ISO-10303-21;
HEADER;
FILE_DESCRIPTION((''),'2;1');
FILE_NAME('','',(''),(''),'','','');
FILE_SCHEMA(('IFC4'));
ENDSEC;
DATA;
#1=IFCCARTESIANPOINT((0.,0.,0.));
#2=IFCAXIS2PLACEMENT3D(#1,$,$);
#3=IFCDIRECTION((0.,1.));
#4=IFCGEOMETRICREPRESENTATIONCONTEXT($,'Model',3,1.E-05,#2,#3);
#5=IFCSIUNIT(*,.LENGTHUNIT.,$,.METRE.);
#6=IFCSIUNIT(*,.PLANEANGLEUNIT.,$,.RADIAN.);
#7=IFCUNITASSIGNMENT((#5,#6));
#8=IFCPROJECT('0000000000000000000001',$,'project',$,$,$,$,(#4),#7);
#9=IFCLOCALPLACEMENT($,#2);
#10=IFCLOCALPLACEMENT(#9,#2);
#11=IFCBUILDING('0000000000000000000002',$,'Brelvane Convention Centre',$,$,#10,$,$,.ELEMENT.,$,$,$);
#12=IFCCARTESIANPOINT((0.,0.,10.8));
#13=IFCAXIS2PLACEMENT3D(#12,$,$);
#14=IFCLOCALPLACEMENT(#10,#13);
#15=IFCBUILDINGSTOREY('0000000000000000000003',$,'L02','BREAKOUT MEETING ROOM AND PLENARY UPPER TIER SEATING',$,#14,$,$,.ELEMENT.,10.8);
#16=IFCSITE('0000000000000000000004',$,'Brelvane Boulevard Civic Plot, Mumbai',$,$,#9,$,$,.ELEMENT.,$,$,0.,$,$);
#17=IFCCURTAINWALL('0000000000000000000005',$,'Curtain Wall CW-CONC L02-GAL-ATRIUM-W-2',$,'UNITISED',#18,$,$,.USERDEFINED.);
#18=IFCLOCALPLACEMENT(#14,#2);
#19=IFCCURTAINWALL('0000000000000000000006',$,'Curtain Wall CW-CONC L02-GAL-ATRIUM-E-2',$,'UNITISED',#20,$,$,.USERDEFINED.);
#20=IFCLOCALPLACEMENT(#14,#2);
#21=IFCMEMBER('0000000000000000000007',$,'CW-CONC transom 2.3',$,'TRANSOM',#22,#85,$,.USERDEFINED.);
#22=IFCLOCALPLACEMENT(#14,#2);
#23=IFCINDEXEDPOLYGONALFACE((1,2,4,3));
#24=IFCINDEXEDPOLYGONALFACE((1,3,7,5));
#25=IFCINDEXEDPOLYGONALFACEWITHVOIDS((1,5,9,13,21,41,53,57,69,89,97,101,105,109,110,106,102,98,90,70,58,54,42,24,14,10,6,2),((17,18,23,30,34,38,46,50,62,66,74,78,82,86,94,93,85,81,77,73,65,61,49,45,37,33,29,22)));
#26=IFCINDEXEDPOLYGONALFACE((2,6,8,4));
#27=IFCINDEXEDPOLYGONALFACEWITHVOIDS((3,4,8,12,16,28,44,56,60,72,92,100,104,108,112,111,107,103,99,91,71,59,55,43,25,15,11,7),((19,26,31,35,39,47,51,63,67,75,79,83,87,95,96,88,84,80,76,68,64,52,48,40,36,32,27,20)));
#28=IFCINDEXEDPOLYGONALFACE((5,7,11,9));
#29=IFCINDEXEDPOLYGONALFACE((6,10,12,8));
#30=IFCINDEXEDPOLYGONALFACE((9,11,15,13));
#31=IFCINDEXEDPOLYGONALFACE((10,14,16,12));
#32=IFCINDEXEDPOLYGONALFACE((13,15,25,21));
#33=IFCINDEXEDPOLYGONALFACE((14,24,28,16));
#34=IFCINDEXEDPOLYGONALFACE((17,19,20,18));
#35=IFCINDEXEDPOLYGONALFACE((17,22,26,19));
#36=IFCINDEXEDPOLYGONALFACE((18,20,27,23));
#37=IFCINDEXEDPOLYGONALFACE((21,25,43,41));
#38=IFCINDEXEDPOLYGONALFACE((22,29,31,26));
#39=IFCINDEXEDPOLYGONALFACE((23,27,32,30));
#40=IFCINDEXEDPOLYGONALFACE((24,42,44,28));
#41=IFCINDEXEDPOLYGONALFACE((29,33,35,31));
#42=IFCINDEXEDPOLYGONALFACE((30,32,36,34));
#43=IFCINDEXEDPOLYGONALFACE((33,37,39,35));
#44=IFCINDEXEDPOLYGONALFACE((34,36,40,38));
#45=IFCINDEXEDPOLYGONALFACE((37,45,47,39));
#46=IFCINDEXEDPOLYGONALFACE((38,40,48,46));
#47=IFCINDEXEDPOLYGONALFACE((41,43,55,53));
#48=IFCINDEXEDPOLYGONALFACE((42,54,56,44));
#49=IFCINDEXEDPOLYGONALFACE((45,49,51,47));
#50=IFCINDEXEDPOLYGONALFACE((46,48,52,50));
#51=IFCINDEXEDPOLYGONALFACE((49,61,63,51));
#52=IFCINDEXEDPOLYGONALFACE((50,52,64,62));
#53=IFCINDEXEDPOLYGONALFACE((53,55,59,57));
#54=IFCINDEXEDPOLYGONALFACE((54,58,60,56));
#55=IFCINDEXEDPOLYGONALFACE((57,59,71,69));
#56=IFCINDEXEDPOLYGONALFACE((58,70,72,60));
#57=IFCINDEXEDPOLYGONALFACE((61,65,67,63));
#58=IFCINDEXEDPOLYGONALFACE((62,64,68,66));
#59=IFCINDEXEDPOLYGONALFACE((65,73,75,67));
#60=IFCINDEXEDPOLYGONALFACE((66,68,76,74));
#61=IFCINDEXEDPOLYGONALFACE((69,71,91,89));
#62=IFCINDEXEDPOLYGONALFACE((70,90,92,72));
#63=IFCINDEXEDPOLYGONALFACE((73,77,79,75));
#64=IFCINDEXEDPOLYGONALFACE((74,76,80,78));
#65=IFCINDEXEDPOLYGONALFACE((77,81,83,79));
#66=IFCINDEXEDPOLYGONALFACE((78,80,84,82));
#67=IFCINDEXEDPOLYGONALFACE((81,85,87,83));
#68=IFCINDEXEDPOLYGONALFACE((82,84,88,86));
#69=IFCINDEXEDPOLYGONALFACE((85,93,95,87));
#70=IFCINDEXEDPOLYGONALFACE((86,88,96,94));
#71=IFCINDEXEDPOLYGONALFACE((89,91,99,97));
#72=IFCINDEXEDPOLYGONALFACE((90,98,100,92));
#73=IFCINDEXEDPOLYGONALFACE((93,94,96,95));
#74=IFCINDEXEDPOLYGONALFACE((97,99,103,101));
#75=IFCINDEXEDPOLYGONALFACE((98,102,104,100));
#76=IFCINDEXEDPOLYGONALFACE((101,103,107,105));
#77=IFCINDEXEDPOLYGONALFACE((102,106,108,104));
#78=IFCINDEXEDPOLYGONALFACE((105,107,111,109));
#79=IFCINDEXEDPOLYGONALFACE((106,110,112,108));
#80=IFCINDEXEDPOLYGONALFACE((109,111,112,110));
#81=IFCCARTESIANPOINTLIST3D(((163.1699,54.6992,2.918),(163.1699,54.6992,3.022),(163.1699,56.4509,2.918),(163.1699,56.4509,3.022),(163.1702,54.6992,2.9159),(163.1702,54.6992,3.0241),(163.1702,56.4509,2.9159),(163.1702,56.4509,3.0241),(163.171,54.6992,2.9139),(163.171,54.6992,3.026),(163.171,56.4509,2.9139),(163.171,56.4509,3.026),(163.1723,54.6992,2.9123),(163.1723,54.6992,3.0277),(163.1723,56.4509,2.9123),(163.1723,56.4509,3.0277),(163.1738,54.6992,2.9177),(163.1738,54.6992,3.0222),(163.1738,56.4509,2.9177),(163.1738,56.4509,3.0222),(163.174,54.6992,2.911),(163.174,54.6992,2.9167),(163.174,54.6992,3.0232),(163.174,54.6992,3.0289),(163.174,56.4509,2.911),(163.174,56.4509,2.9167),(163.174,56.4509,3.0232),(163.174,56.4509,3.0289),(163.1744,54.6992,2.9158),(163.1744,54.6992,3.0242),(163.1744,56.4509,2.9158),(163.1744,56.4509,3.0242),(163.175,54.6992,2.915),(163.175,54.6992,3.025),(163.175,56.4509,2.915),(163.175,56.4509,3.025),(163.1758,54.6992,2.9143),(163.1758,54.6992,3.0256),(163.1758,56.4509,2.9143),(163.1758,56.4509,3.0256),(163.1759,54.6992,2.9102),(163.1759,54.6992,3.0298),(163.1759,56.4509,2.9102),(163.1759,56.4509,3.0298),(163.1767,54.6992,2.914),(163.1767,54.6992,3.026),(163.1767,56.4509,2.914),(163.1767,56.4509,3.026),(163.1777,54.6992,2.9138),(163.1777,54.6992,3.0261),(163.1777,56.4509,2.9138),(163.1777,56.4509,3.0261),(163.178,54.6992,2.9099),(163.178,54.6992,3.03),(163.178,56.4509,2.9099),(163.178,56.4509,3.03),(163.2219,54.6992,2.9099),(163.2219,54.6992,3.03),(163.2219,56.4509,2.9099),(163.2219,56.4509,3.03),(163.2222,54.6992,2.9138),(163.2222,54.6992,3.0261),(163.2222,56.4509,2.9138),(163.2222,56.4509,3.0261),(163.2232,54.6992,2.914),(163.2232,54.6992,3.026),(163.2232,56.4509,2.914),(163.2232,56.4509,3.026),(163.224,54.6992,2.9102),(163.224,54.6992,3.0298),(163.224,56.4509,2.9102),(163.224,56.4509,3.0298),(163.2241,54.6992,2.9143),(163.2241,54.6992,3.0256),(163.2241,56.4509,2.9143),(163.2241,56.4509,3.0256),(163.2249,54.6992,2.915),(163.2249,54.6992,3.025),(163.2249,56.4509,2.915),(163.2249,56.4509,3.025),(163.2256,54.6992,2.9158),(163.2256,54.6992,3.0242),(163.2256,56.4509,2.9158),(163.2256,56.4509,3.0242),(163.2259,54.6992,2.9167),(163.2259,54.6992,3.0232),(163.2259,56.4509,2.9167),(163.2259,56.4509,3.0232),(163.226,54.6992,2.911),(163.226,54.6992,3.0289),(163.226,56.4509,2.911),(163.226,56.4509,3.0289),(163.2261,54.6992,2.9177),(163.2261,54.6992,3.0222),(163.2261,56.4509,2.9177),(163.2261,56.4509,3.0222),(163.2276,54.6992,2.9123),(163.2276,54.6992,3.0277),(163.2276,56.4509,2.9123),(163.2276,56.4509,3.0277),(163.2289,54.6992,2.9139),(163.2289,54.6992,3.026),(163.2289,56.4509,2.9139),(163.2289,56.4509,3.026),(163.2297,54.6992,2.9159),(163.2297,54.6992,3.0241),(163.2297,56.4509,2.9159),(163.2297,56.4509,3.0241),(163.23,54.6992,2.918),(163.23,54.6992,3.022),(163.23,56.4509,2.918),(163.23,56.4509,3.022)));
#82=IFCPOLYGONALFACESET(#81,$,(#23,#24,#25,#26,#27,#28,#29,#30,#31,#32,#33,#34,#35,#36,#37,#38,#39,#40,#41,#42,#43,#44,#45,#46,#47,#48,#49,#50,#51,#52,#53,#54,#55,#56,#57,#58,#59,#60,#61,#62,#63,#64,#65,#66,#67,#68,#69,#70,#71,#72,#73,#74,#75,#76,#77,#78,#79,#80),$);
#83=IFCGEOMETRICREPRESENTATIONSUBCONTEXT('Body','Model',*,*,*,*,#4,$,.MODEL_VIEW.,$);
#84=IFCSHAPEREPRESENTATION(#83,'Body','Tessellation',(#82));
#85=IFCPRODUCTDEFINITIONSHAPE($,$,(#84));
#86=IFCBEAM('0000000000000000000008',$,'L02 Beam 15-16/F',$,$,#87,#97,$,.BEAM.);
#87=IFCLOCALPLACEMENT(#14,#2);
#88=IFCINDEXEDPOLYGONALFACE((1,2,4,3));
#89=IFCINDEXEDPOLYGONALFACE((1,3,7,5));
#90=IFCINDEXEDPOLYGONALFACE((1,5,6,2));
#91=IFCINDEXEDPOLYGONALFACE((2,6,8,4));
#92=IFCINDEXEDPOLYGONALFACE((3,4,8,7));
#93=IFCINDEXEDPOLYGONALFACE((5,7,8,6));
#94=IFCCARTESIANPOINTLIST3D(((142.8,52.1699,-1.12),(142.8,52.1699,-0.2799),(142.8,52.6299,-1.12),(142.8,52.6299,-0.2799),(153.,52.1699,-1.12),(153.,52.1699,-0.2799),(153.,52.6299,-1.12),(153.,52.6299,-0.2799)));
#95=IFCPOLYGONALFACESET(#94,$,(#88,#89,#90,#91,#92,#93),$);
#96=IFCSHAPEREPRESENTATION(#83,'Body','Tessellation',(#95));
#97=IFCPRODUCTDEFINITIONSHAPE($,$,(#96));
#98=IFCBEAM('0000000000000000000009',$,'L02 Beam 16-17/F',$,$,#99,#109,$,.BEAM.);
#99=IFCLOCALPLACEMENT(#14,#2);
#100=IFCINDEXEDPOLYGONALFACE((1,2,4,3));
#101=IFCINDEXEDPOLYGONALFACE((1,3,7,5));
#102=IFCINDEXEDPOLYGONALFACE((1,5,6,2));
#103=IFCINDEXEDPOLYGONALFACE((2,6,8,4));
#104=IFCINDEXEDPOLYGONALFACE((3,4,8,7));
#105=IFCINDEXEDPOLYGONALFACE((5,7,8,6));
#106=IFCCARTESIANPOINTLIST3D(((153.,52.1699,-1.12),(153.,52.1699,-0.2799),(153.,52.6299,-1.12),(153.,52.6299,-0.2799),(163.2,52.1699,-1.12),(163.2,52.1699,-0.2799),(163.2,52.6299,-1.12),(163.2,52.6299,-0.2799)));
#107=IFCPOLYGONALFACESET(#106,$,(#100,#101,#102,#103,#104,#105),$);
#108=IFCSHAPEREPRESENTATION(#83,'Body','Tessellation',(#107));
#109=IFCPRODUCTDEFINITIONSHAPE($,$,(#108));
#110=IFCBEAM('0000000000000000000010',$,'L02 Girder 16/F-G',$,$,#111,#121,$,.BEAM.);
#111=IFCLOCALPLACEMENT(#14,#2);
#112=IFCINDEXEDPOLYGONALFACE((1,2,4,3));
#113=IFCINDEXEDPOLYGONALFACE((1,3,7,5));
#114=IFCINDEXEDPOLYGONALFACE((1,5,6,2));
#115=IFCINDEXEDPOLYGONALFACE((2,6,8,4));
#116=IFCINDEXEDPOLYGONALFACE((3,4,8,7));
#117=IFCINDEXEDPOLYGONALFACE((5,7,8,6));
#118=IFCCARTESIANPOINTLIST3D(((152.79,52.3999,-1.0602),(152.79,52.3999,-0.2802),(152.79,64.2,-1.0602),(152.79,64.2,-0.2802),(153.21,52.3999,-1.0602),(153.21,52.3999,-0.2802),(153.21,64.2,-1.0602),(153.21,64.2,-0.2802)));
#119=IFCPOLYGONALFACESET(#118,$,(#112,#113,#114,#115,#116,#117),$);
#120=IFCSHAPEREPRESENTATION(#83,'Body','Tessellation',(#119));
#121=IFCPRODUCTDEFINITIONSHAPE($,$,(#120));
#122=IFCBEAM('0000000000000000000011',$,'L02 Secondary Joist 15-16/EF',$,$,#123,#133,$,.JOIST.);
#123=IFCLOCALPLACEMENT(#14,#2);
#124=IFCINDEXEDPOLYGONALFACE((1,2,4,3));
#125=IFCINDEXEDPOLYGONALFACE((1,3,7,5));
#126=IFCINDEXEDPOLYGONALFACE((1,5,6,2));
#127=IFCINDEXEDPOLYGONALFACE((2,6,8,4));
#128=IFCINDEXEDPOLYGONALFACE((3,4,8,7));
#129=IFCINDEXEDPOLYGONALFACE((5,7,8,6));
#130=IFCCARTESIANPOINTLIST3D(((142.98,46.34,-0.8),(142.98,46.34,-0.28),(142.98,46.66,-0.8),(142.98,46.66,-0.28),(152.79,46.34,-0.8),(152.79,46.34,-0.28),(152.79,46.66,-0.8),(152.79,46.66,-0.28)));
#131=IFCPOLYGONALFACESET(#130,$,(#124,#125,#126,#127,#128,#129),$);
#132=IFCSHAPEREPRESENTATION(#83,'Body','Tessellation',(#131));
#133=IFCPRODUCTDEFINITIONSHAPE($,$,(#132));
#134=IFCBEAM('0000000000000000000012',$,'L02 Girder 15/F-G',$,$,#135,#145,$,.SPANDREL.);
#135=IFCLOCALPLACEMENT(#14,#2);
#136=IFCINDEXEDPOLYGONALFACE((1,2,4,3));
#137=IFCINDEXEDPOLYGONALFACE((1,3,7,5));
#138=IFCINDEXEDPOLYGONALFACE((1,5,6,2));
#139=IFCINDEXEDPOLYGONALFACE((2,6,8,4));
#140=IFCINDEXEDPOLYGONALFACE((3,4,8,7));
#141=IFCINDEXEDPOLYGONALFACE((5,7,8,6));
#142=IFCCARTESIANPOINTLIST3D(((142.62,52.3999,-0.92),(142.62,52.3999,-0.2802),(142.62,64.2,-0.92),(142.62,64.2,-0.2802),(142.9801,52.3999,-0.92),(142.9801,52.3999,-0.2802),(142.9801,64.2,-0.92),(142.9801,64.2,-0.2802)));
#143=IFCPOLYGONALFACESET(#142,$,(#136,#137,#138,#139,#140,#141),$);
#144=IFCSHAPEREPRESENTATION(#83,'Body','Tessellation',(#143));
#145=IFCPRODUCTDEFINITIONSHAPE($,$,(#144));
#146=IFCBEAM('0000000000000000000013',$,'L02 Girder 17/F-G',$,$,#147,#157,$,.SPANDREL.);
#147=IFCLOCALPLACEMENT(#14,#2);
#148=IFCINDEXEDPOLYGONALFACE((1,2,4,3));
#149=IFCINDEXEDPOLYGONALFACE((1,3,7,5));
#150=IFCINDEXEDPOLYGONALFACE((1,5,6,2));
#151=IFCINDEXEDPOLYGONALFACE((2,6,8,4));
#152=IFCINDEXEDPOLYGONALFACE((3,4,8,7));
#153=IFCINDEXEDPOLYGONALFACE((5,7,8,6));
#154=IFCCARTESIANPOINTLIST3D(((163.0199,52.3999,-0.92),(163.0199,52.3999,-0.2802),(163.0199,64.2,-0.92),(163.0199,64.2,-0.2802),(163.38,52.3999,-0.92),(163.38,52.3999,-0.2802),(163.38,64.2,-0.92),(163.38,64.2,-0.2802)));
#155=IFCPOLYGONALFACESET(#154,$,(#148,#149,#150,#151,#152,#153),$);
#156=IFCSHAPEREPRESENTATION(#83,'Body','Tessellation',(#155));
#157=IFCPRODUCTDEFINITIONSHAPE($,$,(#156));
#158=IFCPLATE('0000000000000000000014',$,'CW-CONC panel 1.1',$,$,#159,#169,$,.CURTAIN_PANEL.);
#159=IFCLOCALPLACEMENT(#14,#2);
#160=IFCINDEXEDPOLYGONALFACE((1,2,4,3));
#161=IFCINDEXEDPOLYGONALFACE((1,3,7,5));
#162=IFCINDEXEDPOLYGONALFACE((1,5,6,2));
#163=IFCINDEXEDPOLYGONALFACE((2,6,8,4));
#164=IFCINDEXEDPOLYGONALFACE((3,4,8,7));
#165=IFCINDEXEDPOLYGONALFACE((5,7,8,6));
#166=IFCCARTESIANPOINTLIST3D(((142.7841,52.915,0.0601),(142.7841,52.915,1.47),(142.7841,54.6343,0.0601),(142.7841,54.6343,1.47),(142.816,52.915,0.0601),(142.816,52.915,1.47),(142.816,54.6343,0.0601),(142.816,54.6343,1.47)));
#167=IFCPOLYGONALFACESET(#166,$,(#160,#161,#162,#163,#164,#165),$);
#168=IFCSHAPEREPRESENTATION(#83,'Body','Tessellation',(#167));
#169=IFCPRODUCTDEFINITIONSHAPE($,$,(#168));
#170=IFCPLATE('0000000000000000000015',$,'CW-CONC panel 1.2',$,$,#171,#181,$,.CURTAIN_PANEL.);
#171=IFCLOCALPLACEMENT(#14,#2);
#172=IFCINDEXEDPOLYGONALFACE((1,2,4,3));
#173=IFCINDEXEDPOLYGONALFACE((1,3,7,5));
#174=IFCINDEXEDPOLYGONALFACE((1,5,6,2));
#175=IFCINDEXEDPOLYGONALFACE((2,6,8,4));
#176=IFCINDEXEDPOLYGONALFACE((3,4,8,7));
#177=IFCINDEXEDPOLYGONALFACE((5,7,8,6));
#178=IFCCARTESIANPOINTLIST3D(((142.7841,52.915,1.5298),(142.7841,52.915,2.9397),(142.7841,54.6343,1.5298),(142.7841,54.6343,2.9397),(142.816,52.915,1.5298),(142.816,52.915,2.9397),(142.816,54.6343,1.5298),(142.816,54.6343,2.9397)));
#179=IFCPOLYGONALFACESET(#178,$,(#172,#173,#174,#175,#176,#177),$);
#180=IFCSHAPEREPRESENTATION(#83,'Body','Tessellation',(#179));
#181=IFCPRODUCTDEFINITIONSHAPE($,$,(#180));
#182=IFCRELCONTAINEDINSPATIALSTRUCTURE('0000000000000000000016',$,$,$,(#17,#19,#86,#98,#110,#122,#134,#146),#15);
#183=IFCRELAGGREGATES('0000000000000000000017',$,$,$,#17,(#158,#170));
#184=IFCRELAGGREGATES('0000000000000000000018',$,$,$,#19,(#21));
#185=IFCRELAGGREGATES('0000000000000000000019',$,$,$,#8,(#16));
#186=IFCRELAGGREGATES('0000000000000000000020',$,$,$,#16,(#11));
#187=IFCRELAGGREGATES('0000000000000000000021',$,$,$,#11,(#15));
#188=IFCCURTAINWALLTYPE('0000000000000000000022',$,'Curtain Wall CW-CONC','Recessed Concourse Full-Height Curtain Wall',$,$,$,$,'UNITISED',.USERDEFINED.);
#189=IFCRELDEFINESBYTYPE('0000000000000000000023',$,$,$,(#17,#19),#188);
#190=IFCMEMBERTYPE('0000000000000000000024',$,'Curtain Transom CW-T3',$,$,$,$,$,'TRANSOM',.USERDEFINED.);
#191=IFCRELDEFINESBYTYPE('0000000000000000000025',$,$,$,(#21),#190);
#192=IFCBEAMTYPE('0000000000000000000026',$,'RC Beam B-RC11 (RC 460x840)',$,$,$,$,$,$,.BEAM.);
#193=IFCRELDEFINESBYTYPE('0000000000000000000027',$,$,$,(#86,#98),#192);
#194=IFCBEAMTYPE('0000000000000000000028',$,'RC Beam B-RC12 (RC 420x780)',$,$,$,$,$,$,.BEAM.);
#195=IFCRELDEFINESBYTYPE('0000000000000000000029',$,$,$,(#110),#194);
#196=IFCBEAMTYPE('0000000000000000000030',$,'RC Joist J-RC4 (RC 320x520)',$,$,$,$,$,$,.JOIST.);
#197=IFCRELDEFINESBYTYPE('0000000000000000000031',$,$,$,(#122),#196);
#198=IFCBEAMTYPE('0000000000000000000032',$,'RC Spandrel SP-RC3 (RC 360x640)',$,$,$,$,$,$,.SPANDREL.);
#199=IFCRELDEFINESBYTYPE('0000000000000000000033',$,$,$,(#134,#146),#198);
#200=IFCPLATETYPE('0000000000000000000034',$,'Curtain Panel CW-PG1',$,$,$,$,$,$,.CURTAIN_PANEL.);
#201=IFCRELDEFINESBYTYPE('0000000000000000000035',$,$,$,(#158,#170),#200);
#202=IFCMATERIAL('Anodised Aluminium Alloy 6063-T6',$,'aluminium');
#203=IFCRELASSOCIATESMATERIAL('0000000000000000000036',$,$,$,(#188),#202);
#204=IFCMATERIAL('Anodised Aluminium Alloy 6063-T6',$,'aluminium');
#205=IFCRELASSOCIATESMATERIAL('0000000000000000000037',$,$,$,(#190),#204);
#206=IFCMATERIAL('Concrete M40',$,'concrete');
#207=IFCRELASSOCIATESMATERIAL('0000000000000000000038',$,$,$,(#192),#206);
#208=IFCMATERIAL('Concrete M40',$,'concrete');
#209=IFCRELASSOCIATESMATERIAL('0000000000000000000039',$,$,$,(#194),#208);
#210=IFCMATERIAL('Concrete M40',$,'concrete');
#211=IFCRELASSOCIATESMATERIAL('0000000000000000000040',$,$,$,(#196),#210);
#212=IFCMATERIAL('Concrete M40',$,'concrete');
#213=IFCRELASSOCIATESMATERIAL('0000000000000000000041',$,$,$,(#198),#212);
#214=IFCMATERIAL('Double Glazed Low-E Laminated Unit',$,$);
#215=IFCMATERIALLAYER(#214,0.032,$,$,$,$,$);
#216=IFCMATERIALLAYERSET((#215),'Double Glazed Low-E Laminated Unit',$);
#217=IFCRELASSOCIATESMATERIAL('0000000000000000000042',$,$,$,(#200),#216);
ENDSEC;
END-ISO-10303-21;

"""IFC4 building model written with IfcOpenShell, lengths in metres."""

from ifc_helpers import new_model, si_unit, direction, frame, origin, origin_2d, place, context, subcontext, project, spatial, rectangle, hollow_rectangle, extrude, material, layer, layer_set, material_profile, profile_set, type_object, element, aggregate, save


model = new_model("IFC4")

# Units and contexts
model_context = context("Model", 3, precision=1e-05, world=origin(), true_north=direction((0.0, 1.0)))
body_context = subcontext(model_context, "Body", "Model", "MODEL_VIEW")
ifc_project = project(units=[si_unit("LENGTHUNIT", "METRE"), si_unit("PLANEANGLEUNIT", "RADIAN")], contexts=[model_context])

# Site, building, storey
site_placement = place(None, origin())
site = spatial("IfcSite", under=ifc_project, at=site_placement, Name="Brelvane Boulevard Civic Plot, Mumbai", CompositionType="ELEMENT", RefElevation=0.0)
building_placement = place(site_placement, origin())
building = spatial("IfcBuilding", under=site, at=building_placement, Name="Brelvane Convention Centre", CompositionType="ELEMENT")
storey_placement = place(building_placement, frame((0.0, 0.0, 10.8)))
storey = spatial("IfcBuildingStorey", under=building, at=storey_placement, Name="L02", Description="BREAKOUT MEETING ROOM AND PLENARY UPPER TIER SEATING", CompositionType="ELEMENT", Elevation=10.8)

# Curtain walls
ifc_material_1 = material(Name="Anodised Aluminium Alloy 6063-T6", Category="aluminium")
curtain_wall_type = type_object("IfcCurtainWallType", Name="Curtain Wall CW-CONC", Description="Recessed Concourse Full-Height Curtain Wall", ElementType="UNITISED", PredefinedType="USERDEFINED", material=ifc_material_1)
curtain_wall_1_placement = place(storey_placement, origin())
curtain_wall_1 = element("IfcCurtainWall", 1, at=curtain_wall_1_placement, inside=storey, type_object=curtain_wall_type, Name="Curtain Wall CW-CONC L02-GAL-ATRIUM-W-2", ObjectType="UNITISED", PredefinedType="USERDEFINED")
curtain_wall_2_placement = place(storey_placement, origin())
curtain_wall_2 = element("IfcCurtainWall", 2, at=curtain_wall_2_placement, inside=storey, type_object=curtain_wall_type, Name="Curtain Wall CW-CONC L02-GAL-ATRIUM-E-2", ObjectType="UNITISED", PredefinedType="USERDEFINED")

# Member
ifc_material_2 = material(Name="Anodised Aluminium Alloy 6063-T6", Category="aluminium")
ifc_material_profile_1 = material_profile(ifc_material_2, hollow_rectangle(XDim=0.0601, YDim=0.1201, WallThickness=0.0039, InnerFilletRadius=0.0039, OuterFilletRadius=0.0081, at=origin_2d()), Name="ALU-T 120x60x4.0")
ifc_profile_set_1 = profile_set([ifc_material_profile_1], Name="Anodised Aluminium Alloy 6063-T6")
member_type_1 = type_object("IfcMemberType", Name="Curtain Transom CW-T3", ElementType="TRANSOM", PredefinedType="USERDEFINED", material=ifc_profile_set_1)
member_1_placement = place(storey_placement, frame((163.2, 54.6992, 2.97), z_axis=(0.0, 1.0, 0.0), x_axis=(-1.0, 0.0, 0.0)))
member_1 = element("IfcMember", 3, at=member_1_placement, type_object=member_type_1, Name="CW-CONC transom 2.3", ObjectType="TRANSOM", PredefinedType="USERDEFINED", context=body_context, shape_type="SweptSolid", body=[
    extrude(hollow_rectangle(XDim=0.0601, YDim=0.1201, WallThickness=0.0039, InnerFilletRadius=0.0039, OuterFilletRadius=0.0081, at=origin_2d()), origin(), (0.0, 0.0, 1.0), 1.7517),
])

# Beams
ifc_material_3 = material(Name="Concrete M40", Category="concrete")
ifc_material_profile_2 = material_profile(ifc_material_3, rectangle(XDim=0.46, YDim=0.8401, at=origin_2d()), Name="RC 460x840")
ifc_profile_set_2 = profile_set([ifc_material_profile_2], Name="Concrete M40")
beam_type_1 = type_object("IfcBeamType", Name="RC Beam B-RC11 (RC 460x840)", PredefinedType="BEAM", material=ifc_profile_set_2)
for number, where, z_axis, x_axis, name in (
    (4, (142.8, 52.3999, -0.7), (1.0, 0.0, 0.0), (0.0, 1.0, 0.0), "L02 Beam 15-16/F"),
    (5, (153.0, 52.3999, -0.7), (1.0, 0.0, 0.0), (0.0, 1.0, 0.0), "L02 Beam 16-17/F"),
):
    element("IfcBeam", number, at=place(storey_placement, frame(where, z_axis=z_axis, x_axis=x_axis)), inside=storey, type_object=beam_type_1, Name=name, PredefinedType="BEAM", context=body_context, shape_type="SweptSolid", body=[
        extrude(rectangle(XDim=0.46, YDim=0.8401, at=origin_2d()), origin(), (0.0, 0.0, 1.0), 10.2),
    ])
ifc_material_4 = material(Name="Concrete M40", Category="concrete")
ifc_material_profile_3 = material_profile(ifc_material_4, rectangle(XDim=0.4199, YDim=0.78, at=origin_2d()), Name="RC 420x780")
ifc_profile_set_3 = profile_set([ifc_material_profile_3], Name="Concrete M40")
beam_type_2 = type_object("IfcBeamType", Name="RC Beam B-RC12 (RC 420x780)", PredefinedType="BEAM", material=ifc_profile_set_3)
beam_1_placement = place(storey_placement, frame((153.0, 52.3999, -0.6702), z_axis=(0.0, 1.0, 0.0), x_axis=(-1.0, 0.0, 0.0)))
element("IfcBeam", 6, at=beam_1_placement, inside=storey, type_object=beam_type_2, Name="L02 Girder 16/F-G", PredefinedType="BEAM", context=body_context, shape_type="SweptSolid", body=[
    extrude(rectangle(XDim=0.4199, YDim=0.78, at=origin_2d()), origin(), (0.0, 0.0, 1.0), 11.8),
])
ifc_material_5 = material(Name="Concrete M40", Category="concrete")
ifc_material_profile_4 = material_profile(ifc_material_5, rectangle(XDim=0.3201, YDim=0.52, at=origin_2d()), Name="RC 320x520")
ifc_profile_set_4 = profile_set([ifc_material_profile_4], Name="Concrete M40")
beam_type_3 = type_object("IfcBeamType", Name="RC Joist J-RC4 (RC 320x520)", PredefinedType="JOIST", material=ifc_profile_set_4)
beam_2_placement = place(storey_placement, frame((142.98, 46.5, -0.54), z_axis=(1.0, 0.0, 0.0), x_axis=(0.0, 1.0, 0.0)))
element("IfcBeam", 7, at=beam_2_placement, inside=storey, type_object=beam_type_3, Name="L02 Secondary Joist 15-16/EF", PredefinedType="JOIST", context=body_context, shape_type="SweptSolid", body=[
    extrude(rectangle(XDim=0.3201, YDim=0.52, at=origin_2d()), origin(), (0.0, 0.0, 1.0), 9.8101),
])
ifc_material_6 = material(Name="Concrete M40", Category="concrete")
ifc_material_profile_5 = material_profile(ifc_material_6, rectangle(XDim=0.3601, YDim=0.6399, at=origin_2d()), Name="RC 360x640")
ifc_profile_set_5 = profile_set([ifc_material_profile_5], Name="Concrete M40")
beam_type_4 = type_object("IfcBeamType", Name="RC Spandrel SP-RC3 (RC 360x640)", PredefinedType="SPANDREL", material=ifc_profile_set_5)
for number, where, z_axis, x_axis, name in (
    (8, (142.8, 52.3999, -0.6001), (0.0, 1.0, 0.0), (-1.0, 0.0, 0.0), "L02 Girder 15/F-G"),
    (9, (163.2, 52.3999, -0.6001), (0.0, 1.0, 0.0), (-1.0, 0.0, 0.0), "L02 Girder 17/F-G"),
):
    element("IfcBeam", number, at=place(storey_placement, frame(where, z_axis=z_axis, x_axis=x_axis)), inside=storey, type_object=beam_type_4, Name=name, PredefinedType="SPANDREL", context=body_context, shape_type="SweptSolid", body=[
        extrude(rectangle(XDim=0.3601, YDim=0.6399, at=origin_2d()), origin(), (0.0, 0.0, 1.0), 11.8),
    ])

# Plates
ifc_material_7 = material(Name="Double Glazed Low-E Laminated Unit")
ifc_layer_1 = layer(ifc_material_7, 0.032)
ifc_layer_set_1 = layer_set([ifc_layer_1], Name="Double Glazed Low-E Laminated Unit")
plate_type_1 = type_object("IfcPlateType", Name="Curtain Panel CW-PG1", PredefinedType="CURTAIN_PANEL", material=ifc_layer_set_1)
plate_1_placement = place(storey_placement, frame((142.8, 53.7747, 0.0601), z_axis=(0.0, 0.0, 1.0), x_axis=(0.0, 1.0, 0.0)))
plate_1 = element("IfcPlate", 10, at=plate_1_placement, type_object=plate_type_1, Name="CW-CONC panel 1.1", PredefinedType="CURTAIN_PANEL", context=body_context, shape_type="SweptSolid", body=[
    extrude(rectangle(XDim=1.7192, YDim=0.032, at=origin_2d()), origin(), (0.0, 0.0, 1.0), 1.4099),
])
plate_2_placement = place(storey_placement, frame((142.8, 53.7747, 1.5298), z_axis=(0.0, 0.0, 1.0), x_axis=(0.0, 1.0, 0.0)))
plate_2 = element("IfcPlate", 11, at=plate_2_placement, type_object=plate_type_1, Name="CW-CONC panel 1.2", PredefinedType="CURTAIN_PANEL", context=body_context, shape_type="SweptSolid", body=[
    extrude(rectangle(XDim=1.7192, YDim=0.032, at=origin_2d()), origin(), (0.0, 0.0, 1.0), 1.4099),
])
aggregate(curtain_wall_1, [plate_1, plate_2])
aggregate(curtain_wall_2, [member_1])

save(model, "model.ifc")
